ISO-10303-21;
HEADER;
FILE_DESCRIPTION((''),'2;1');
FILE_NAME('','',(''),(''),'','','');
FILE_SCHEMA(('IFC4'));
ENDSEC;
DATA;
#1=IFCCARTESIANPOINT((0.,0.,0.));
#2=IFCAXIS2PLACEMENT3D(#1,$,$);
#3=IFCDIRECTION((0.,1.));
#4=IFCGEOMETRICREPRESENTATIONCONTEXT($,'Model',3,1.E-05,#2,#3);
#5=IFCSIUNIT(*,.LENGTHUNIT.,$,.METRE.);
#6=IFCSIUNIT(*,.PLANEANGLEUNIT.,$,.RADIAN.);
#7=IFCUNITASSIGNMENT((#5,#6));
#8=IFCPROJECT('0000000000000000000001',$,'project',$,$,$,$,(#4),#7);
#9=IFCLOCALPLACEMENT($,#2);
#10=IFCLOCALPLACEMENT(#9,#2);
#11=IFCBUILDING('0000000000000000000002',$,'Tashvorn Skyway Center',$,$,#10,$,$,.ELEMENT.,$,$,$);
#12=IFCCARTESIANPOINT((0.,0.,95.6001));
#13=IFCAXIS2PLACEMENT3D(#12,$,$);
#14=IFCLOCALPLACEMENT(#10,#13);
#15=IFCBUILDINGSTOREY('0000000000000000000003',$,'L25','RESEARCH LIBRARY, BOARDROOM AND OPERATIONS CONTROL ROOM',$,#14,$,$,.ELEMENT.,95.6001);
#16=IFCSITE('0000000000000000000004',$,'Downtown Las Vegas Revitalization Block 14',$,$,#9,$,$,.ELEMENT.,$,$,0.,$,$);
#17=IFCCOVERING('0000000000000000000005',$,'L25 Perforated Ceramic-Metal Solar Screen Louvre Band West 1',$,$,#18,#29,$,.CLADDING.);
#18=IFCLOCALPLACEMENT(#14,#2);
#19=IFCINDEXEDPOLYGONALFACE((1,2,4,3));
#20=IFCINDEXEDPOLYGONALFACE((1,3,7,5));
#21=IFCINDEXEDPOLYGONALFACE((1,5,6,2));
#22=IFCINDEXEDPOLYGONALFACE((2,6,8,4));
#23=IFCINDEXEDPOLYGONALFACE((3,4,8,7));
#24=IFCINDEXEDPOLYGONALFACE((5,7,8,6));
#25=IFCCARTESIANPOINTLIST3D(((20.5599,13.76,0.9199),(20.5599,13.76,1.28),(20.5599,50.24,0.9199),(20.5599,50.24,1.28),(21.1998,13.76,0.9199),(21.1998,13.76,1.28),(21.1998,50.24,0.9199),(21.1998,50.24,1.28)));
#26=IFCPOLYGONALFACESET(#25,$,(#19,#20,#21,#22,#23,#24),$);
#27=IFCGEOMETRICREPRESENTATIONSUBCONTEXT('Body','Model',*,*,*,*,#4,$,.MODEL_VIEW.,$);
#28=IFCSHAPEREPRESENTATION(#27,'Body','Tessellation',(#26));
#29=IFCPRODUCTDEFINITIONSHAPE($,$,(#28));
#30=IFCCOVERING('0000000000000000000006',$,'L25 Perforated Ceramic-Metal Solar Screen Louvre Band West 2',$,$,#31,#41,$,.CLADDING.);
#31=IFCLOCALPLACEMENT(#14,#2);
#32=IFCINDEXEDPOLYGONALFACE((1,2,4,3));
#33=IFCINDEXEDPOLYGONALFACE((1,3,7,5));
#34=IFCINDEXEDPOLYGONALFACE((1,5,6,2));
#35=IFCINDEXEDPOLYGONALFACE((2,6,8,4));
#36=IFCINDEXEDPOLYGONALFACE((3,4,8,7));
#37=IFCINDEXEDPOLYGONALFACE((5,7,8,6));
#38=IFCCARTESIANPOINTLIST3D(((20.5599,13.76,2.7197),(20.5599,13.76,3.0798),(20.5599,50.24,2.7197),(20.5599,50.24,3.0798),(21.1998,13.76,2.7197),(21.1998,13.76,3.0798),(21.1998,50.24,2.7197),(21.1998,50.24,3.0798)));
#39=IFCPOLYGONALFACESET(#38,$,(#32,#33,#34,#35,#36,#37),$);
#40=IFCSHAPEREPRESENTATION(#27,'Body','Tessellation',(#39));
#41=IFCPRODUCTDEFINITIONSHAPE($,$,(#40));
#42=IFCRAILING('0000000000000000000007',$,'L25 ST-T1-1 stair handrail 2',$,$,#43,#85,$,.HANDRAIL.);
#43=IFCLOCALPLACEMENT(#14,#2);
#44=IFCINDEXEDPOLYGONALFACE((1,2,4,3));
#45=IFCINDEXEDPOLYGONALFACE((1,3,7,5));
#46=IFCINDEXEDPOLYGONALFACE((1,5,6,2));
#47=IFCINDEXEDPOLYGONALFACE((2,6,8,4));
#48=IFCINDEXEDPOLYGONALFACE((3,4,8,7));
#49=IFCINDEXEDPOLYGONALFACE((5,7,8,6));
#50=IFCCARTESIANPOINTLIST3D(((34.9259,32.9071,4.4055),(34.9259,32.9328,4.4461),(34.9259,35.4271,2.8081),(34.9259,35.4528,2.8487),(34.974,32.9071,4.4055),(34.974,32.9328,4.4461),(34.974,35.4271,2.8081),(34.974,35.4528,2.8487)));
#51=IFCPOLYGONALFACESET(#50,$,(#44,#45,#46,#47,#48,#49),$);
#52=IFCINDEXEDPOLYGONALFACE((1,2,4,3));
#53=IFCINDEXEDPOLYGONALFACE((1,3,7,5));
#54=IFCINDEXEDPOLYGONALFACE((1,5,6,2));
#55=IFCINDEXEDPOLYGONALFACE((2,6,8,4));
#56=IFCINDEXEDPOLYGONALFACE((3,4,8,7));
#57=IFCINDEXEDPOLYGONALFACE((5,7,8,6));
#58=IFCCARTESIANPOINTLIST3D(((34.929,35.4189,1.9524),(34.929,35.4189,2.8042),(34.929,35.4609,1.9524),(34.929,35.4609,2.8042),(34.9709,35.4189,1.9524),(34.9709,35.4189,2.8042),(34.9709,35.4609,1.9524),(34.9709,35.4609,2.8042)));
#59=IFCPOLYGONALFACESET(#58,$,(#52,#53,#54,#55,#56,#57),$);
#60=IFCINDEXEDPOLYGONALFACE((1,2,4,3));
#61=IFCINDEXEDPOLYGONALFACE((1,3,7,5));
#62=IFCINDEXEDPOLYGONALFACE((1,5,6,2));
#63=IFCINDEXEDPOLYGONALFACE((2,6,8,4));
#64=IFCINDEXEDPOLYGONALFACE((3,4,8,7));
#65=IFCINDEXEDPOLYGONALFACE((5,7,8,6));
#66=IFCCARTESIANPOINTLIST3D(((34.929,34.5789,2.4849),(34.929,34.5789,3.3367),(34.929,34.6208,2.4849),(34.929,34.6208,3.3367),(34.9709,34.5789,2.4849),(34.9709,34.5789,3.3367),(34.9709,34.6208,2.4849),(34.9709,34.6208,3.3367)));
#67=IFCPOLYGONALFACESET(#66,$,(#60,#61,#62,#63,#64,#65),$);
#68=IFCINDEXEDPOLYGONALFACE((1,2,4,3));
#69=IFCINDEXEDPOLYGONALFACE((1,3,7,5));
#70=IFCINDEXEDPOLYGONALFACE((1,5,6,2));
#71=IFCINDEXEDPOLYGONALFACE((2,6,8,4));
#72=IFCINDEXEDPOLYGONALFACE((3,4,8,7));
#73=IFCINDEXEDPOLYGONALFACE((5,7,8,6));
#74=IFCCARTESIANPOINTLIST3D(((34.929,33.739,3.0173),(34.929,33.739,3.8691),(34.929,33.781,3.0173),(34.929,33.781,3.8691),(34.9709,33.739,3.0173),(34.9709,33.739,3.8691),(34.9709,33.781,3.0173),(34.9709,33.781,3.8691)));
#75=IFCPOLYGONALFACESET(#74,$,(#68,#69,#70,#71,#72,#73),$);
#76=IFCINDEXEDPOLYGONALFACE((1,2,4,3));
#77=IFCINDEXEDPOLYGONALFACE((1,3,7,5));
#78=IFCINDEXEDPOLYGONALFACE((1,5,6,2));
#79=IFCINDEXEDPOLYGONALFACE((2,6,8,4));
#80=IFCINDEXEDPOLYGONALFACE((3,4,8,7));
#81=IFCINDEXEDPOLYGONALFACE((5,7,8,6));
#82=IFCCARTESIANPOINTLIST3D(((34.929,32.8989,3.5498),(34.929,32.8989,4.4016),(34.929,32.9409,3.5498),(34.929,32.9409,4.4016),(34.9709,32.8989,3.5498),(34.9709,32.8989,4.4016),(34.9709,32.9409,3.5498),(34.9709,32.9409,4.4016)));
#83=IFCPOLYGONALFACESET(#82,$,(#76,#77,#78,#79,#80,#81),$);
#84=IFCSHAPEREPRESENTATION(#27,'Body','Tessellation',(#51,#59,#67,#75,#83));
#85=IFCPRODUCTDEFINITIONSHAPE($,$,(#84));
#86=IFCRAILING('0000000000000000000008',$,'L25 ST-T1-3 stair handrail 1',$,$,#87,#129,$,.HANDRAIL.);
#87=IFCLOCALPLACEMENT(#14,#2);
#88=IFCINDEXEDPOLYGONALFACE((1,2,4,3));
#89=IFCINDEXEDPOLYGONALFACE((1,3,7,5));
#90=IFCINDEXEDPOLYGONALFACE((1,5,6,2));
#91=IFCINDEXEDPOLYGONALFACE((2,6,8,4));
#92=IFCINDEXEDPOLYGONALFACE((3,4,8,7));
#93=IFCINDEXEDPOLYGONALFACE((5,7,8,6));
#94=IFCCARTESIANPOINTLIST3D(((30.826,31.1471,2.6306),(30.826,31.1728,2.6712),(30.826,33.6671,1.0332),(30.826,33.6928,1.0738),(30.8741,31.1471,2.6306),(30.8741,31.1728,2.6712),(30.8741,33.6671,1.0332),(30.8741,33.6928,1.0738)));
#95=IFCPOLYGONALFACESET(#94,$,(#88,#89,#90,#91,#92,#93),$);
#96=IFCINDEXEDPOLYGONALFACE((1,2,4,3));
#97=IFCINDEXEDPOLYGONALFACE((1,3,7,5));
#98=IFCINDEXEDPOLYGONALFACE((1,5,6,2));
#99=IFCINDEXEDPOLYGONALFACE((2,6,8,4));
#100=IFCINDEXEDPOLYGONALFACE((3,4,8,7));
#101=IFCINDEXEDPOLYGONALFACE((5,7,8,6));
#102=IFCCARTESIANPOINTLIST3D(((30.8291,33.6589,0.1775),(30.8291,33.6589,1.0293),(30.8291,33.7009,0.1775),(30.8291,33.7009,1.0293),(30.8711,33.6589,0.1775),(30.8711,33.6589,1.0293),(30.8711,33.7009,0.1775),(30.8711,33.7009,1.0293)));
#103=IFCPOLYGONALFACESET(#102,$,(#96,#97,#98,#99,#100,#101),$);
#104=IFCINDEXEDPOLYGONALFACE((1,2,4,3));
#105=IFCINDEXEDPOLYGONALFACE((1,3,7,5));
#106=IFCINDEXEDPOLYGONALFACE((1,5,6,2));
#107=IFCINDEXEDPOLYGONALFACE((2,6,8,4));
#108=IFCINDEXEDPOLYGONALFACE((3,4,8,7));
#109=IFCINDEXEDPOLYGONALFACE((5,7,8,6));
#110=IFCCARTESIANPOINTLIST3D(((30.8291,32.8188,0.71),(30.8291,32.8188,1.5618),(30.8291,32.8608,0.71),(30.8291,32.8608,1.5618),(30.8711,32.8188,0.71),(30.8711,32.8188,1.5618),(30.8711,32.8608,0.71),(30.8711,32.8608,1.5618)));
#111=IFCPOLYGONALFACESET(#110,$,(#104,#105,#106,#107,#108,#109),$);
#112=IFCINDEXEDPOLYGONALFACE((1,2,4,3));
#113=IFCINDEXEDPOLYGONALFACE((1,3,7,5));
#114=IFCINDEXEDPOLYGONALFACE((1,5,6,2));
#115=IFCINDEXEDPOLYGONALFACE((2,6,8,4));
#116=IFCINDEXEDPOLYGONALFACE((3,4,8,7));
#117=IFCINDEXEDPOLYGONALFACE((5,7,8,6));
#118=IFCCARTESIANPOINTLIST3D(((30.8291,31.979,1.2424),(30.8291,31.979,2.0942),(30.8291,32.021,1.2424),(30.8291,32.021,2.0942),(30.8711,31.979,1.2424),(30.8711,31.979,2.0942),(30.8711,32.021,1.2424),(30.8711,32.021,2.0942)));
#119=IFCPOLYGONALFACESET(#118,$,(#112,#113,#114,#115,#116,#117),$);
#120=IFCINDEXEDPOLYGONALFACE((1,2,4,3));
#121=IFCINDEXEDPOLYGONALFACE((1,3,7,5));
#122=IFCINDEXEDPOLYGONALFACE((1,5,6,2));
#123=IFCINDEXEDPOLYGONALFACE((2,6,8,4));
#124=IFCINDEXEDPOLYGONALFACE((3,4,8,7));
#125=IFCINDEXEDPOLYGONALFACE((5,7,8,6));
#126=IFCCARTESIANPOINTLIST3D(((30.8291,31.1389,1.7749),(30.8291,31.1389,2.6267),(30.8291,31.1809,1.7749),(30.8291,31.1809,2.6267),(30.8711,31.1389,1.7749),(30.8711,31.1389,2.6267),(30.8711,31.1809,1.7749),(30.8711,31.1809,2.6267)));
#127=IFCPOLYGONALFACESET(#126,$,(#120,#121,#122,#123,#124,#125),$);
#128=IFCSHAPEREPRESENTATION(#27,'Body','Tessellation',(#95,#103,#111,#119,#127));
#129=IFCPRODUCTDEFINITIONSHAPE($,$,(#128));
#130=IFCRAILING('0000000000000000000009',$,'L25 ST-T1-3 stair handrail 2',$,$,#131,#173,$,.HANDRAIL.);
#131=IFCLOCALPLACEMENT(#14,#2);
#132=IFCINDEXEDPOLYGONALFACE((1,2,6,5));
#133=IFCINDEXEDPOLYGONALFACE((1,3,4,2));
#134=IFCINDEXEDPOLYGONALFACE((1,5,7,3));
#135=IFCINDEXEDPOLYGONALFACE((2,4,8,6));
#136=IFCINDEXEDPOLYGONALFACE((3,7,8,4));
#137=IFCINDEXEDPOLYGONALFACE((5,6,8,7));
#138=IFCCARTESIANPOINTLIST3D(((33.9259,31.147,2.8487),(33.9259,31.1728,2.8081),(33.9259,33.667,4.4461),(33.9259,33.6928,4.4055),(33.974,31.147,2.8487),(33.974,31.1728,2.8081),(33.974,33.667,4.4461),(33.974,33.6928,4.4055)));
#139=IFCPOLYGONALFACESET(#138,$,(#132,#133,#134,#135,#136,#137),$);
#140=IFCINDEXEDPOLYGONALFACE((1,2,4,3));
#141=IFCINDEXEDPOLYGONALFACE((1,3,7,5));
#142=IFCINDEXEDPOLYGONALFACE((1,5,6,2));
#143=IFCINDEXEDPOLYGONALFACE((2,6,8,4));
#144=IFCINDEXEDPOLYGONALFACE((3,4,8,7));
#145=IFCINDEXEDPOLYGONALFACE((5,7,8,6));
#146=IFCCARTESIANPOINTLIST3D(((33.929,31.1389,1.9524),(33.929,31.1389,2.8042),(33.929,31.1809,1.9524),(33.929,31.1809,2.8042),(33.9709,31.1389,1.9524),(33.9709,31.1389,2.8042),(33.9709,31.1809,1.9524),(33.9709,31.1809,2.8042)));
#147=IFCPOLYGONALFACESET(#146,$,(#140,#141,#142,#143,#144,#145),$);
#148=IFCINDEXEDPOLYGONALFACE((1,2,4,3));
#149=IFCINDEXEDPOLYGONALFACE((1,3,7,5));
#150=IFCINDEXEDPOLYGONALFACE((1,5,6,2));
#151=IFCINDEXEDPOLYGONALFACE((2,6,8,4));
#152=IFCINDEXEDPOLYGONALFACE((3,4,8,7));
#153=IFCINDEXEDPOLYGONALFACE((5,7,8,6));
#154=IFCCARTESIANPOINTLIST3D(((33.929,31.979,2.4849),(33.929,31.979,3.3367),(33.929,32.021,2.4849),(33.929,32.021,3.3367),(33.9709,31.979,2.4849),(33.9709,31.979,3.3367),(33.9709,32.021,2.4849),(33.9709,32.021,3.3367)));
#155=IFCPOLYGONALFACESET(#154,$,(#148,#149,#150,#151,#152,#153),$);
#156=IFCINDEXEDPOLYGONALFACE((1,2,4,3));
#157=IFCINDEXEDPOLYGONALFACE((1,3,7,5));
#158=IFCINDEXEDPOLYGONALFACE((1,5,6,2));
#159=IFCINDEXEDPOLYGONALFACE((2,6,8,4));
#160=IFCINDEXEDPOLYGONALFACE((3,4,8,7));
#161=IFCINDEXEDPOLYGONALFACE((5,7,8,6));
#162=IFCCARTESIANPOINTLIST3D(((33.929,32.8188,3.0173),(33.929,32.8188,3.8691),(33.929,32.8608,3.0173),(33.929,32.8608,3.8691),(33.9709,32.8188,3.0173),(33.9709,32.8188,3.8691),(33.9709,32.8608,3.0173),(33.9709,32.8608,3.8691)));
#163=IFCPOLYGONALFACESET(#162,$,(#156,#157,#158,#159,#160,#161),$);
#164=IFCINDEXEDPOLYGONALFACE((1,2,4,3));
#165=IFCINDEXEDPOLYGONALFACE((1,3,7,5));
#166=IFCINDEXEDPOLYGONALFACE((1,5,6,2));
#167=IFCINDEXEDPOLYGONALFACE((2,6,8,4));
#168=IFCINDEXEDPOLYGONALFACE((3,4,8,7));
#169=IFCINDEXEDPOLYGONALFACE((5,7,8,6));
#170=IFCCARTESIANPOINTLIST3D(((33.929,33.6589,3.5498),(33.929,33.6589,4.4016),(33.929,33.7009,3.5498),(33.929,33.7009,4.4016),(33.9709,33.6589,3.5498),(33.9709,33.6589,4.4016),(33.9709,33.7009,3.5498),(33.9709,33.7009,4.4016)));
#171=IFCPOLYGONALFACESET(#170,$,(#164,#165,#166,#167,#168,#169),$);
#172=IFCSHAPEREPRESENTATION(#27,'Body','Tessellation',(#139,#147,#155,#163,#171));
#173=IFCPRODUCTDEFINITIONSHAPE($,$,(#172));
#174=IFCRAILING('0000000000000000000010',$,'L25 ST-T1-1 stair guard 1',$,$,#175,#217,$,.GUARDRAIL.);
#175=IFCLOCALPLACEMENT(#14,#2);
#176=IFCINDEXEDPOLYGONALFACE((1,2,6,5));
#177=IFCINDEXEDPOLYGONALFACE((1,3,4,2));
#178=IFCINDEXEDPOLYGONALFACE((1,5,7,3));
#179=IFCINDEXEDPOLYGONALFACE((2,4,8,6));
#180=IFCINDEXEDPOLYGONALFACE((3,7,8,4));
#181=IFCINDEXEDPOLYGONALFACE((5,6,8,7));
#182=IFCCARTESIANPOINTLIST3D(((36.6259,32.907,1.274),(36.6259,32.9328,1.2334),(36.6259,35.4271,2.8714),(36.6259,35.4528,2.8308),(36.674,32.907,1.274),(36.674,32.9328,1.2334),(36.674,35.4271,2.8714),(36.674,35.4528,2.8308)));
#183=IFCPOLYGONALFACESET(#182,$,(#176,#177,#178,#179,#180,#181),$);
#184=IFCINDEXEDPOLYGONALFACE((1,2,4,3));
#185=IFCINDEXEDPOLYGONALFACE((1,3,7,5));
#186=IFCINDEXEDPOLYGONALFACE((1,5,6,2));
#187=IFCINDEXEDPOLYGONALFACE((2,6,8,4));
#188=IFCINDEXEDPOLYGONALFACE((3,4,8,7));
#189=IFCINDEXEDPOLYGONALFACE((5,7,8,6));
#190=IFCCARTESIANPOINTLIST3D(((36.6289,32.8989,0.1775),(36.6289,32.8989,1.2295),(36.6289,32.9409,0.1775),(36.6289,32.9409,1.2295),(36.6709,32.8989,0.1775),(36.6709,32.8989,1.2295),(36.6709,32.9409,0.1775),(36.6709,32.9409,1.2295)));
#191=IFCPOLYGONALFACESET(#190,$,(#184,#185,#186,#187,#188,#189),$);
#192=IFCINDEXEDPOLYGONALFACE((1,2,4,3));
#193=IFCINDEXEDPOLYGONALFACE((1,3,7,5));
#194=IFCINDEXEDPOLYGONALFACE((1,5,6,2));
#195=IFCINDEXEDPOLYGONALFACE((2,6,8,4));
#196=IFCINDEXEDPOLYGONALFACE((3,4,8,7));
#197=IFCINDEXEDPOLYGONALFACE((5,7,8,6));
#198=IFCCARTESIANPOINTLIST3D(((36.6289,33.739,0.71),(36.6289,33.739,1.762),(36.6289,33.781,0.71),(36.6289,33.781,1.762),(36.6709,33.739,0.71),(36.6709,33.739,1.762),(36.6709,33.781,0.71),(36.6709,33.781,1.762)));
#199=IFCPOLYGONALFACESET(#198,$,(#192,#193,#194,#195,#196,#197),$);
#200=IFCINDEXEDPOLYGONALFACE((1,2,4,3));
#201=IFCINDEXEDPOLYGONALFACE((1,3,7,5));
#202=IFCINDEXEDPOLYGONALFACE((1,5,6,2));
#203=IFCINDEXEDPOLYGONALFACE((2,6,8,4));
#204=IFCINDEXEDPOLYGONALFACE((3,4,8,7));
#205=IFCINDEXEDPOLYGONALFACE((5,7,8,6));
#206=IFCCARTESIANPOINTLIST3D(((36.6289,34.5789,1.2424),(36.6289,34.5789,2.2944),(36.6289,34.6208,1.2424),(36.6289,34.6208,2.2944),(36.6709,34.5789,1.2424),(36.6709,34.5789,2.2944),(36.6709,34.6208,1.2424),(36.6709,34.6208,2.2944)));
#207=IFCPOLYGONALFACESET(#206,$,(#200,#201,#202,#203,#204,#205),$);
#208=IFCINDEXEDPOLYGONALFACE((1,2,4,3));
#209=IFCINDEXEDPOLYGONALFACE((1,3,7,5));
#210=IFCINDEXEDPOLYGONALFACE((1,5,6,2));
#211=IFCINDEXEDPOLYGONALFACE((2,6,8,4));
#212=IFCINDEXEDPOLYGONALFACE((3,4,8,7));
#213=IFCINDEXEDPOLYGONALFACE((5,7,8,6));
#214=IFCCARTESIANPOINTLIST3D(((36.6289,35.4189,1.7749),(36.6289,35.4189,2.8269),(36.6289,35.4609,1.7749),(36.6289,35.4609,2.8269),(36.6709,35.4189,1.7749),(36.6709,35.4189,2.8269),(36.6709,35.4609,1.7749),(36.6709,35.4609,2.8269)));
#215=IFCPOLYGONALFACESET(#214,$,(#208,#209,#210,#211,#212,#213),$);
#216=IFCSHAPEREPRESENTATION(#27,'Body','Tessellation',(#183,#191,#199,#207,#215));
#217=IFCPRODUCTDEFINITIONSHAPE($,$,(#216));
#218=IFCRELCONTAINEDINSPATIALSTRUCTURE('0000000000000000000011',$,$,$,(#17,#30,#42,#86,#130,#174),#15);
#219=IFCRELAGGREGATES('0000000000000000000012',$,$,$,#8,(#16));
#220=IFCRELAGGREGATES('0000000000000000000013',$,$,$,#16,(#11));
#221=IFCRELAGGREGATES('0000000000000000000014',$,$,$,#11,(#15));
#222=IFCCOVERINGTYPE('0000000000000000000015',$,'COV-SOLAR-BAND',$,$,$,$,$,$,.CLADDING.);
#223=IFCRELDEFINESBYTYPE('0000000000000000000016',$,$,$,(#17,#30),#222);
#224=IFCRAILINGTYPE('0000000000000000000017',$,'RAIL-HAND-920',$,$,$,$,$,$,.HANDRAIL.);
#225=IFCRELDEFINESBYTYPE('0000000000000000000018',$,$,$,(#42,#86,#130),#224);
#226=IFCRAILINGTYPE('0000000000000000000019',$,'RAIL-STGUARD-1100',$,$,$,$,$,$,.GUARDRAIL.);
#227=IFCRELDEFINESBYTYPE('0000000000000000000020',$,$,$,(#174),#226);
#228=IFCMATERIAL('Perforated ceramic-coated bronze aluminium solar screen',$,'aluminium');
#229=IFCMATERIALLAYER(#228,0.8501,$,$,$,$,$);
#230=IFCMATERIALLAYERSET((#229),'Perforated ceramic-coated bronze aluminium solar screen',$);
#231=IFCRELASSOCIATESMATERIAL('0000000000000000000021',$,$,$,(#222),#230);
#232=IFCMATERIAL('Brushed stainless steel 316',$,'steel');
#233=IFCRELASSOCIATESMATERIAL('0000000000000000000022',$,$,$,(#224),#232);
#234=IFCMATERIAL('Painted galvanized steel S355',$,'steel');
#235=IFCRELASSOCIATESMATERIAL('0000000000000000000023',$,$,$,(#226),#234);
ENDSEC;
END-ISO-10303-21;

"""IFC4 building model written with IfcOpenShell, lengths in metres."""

from ifc_helpers import new_model, si_unit, direction, frame, origin, origin_2d, place, context, subcontext, project, spatial, rectangle, extrude, material, layer, layer_set, type_object, element, save


model = new_model("IFC4")

# Units and contexts
model_context = context("Model", 3, precision=1e-05, world=origin(), true_north=direction((0.0, 1.0)))
body_context = subcontext(model_context, "Body", "Model", "MODEL_VIEW")
ifc_project = project(units=[si_unit("LENGTHUNIT", "METRE"), si_unit("PLANEANGLEUNIT", "RADIAN")], contexts=[model_context])

# Site, building, storey
site_placement = place(None, origin())
site = spatial("IfcSite", under=ifc_project, at=site_placement, Name="Downtown Las Vegas Revitalization Block 14", CompositionType="ELEMENT", RefElevation=0.0)
building_placement = place(site_placement, origin())
building = spatial("IfcBuilding", under=site, at=building_placement, Name="Tashvorn Skyway Center", CompositionType="ELEMENT")
storey_placement = place(building_placement, frame((0.0, 0.0, 95.6001)))
storey = spatial("IfcBuildingStorey", under=building, at=storey_placement, Name="L25", Description="RESEARCH LIBRARY, BOARDROOM AND OPERATIONS CONTROL ROOM", CompositionType="ELEMENT", Elevation=95.6001)

# Coverings
ifc_material_1 = material(Name="Perforated ceramic-coated bronze aluminium solar screen", Category="aluminium")
ifc_layer_1 = layer(ifc_material_1, 0.8501)
ifc_layer_set_1 = layer_set([ifc_layer_1], Name="Perforated ceramic-coated bronze aluminium solar screen")
covering_type = type_object("IfcCoveringType", Name="COV-SOLAR-BAND", PredefinedType="CLADDING", material=ifc_layer_set_1)
for number, where, z_axis, x_axis, name in (
    (1, (20.8799, 32.0, 0.9199), (0.0, 0.0, 1.0), (0.0, 1.0, 0.0), "L25 Perforated Ceramic-Metal Solar Screen Louvre Band West 1"),
    (2, (20.8799, 32.0, 2.7197), (0.0, 0.0, 1.0), (0.0, 1.0, 0.0), "L25 Perforated Ceramic-Metal Solar Screen Louvre Band West 2"),
):
    element("IfcCovering", number, at=place(storey_placement, frame(where, z_axis=z_axis, x_axis=x_axis)), inside=storey, type_object=covering_type, Name=name, PredefinedType="CLADDING", context=body_context, shape_type="SweptSolid", body=[
        extrude(rectangle(XDim=36.48, YDim=0.6399, at=origin_2d()), origin(), (0.0, 0.0, 1.0), 0.3601),
    ])

# Railings
ifc_material_2 = material(Name="Brushed stainless steel 316", Category="steel")
railing_type_1 = type_object("IfcRailingType", Name="RAIL-HAND-920", PredefinedType="HANDRAIL", material=ifc_material_2)
for number, where, name in (
    (3, (34.95, 35.4399, 1.9524), "L25 ST-T1-1 stair handrail 2"),
    (4, (30.8501, 33.6799, 0.1775), "L25 ST-T1-3 stair handrail 1"),
):
    element("IfcRailing", number, at=place(storey_placement, frame(where)), inside=storey, type_object=railing_type_1, Name=name, PredefinedType="HANDRAIL", context=body_context, shape_type="SweptSolid", body=[
        extrude(rectangle(XDim=0.0481, YDim=0.0481, at=origin_2d()), frame((0.0, 0.0, 0.876), z_axis=(0.0, -0.844607, 0.535387), x_axis=(1.0, 0.0, 0.0)), (0.0, 0.0, 1.0), 2.9836),
        extrude(rectangle(XDim=0.042, YDim=0.042, at=origin_2d()), origin(), (0.0, 0.0, 1.0), 0.8518),
        extrude(rectangle(XDim=0.042, YDim=0.042, at=origin_2d()), frame((0.0, -0.8401, 0.5325)), (0.0, 0.0, 1.0), 0.8518),
        extrude(rectangle(XDim=0.042, YDim=0.042, at=origin_2d()), frame((0.0, -1.6799, 1.0649)), (0.0, 0.0, 1.0), 0.8518),
        extrude(rectangle(XDim=0.042, YDim=0.042, at=origin_2d()), frame((0.0, -2.52, 1.5974)), (0.0, 0.0, 1.0), 0.8518),
    ])
railing_1_placement = place(storey_placement, frame((33.95, 31.1599, 1.9524)))
element("IfcRailing", 5, at=railing_1_placement, inside=storey, type_object=railing_type_1, Name="L25 ST-T1-3 stair handrail 2", PredefinedType="HANDRAIL", context=body_context, shape_type="SweptSolid", body=[
    extrude(rectangle(XDim=0.0481, YDim=0.0481, at=origin_2d()), frame((0.0, 0.0, 0.876), z_axis=(0.0, 0.844607, 0.535387), x_axis=(-1.0, 0.0, 0.0)), (0.0, 0.0, 1.0), 2.9836),
    extrude(rectangle(XDim=0.042, YDim=0.042, at=origin_2d()), origin(), (0.0, 0.0, 1.0), 0.8518),
    extrude(rectangle(XDim=0.042, YDim=0.042, at=origin_2d()), frame((0.0, 0.8401, 0.5325)), (0.0, 0.0, 1.0), 0.8518),
    extrude(rectangle(XDim=0.042, YDim=0.042, at=origin_2d()), frame((0.0, 1.6799, 1.0649)), (0.0, 0.0, 1.0), 0.8518),
    extrude(rectangle(XDim=0.042, YDim=0.042, at=origin_2d()), frame((0.0, 2.52, 1.5974)), (0.0, 0.0, 1.0), 0.8518),
])
ifc_material_3 = material(Name="Painted galvanized steel S355", Category="steel")
railing_type_2 = type_object("IfcRailingType", Name="RAIL-STGUARD-1100", PredefinedType="GUARDRAIL", material=ifc_material_3)
railing_2_placement = place(storey_placement, frame((36.6499, 32.9199, 0.1775)))
element("IfcRailing", 6, at=railing_2_placement, inside=storey, type_object=railing_type_2, Name="L25 ST-T1-1 stair guard 1", PredefinedType="GUARDRAIL", context=body_context, shape_type="SweptSolid", body=[
    extrude(rectangle(XDim=0.0481, YDim=0.0481, at=origin_2d()), frame((0.0, 0.0, 1.0762), z_axis=(0.0, 0.844607, 0.535387), x_axis=(-1.0, 0.0, 0.0)), (0.0, 0.0, 1.0), 2.9836),
    extrude(rectangle(XDim=0.042, YDim=0.042, at=origin_2d()), origin(), (0.0, 0.0, 1.0), 1.052),
    extrude(rectangle(XDim=0.042, YDim=0.042, at=origin_2d()), frame((0.0, 0.8401, 0.5325)), (0.0, 0.0, 1.0), 1.052),
    extrude(rectangle(XDim=0.042, YDim=0.042, at=origin_2d()), frame((0.0, 1.6799, 1.0649)), (0.0, 0.0, 1.0), 1.052),
    extrude(rectangle(XDim=0.042, YDim=0.042, at=origin_2d()), frame((0.0, 2.52, 1.5974)), (0.0, 0.0, 1.0), 1.052),
])

save(model, "model.ifc")
